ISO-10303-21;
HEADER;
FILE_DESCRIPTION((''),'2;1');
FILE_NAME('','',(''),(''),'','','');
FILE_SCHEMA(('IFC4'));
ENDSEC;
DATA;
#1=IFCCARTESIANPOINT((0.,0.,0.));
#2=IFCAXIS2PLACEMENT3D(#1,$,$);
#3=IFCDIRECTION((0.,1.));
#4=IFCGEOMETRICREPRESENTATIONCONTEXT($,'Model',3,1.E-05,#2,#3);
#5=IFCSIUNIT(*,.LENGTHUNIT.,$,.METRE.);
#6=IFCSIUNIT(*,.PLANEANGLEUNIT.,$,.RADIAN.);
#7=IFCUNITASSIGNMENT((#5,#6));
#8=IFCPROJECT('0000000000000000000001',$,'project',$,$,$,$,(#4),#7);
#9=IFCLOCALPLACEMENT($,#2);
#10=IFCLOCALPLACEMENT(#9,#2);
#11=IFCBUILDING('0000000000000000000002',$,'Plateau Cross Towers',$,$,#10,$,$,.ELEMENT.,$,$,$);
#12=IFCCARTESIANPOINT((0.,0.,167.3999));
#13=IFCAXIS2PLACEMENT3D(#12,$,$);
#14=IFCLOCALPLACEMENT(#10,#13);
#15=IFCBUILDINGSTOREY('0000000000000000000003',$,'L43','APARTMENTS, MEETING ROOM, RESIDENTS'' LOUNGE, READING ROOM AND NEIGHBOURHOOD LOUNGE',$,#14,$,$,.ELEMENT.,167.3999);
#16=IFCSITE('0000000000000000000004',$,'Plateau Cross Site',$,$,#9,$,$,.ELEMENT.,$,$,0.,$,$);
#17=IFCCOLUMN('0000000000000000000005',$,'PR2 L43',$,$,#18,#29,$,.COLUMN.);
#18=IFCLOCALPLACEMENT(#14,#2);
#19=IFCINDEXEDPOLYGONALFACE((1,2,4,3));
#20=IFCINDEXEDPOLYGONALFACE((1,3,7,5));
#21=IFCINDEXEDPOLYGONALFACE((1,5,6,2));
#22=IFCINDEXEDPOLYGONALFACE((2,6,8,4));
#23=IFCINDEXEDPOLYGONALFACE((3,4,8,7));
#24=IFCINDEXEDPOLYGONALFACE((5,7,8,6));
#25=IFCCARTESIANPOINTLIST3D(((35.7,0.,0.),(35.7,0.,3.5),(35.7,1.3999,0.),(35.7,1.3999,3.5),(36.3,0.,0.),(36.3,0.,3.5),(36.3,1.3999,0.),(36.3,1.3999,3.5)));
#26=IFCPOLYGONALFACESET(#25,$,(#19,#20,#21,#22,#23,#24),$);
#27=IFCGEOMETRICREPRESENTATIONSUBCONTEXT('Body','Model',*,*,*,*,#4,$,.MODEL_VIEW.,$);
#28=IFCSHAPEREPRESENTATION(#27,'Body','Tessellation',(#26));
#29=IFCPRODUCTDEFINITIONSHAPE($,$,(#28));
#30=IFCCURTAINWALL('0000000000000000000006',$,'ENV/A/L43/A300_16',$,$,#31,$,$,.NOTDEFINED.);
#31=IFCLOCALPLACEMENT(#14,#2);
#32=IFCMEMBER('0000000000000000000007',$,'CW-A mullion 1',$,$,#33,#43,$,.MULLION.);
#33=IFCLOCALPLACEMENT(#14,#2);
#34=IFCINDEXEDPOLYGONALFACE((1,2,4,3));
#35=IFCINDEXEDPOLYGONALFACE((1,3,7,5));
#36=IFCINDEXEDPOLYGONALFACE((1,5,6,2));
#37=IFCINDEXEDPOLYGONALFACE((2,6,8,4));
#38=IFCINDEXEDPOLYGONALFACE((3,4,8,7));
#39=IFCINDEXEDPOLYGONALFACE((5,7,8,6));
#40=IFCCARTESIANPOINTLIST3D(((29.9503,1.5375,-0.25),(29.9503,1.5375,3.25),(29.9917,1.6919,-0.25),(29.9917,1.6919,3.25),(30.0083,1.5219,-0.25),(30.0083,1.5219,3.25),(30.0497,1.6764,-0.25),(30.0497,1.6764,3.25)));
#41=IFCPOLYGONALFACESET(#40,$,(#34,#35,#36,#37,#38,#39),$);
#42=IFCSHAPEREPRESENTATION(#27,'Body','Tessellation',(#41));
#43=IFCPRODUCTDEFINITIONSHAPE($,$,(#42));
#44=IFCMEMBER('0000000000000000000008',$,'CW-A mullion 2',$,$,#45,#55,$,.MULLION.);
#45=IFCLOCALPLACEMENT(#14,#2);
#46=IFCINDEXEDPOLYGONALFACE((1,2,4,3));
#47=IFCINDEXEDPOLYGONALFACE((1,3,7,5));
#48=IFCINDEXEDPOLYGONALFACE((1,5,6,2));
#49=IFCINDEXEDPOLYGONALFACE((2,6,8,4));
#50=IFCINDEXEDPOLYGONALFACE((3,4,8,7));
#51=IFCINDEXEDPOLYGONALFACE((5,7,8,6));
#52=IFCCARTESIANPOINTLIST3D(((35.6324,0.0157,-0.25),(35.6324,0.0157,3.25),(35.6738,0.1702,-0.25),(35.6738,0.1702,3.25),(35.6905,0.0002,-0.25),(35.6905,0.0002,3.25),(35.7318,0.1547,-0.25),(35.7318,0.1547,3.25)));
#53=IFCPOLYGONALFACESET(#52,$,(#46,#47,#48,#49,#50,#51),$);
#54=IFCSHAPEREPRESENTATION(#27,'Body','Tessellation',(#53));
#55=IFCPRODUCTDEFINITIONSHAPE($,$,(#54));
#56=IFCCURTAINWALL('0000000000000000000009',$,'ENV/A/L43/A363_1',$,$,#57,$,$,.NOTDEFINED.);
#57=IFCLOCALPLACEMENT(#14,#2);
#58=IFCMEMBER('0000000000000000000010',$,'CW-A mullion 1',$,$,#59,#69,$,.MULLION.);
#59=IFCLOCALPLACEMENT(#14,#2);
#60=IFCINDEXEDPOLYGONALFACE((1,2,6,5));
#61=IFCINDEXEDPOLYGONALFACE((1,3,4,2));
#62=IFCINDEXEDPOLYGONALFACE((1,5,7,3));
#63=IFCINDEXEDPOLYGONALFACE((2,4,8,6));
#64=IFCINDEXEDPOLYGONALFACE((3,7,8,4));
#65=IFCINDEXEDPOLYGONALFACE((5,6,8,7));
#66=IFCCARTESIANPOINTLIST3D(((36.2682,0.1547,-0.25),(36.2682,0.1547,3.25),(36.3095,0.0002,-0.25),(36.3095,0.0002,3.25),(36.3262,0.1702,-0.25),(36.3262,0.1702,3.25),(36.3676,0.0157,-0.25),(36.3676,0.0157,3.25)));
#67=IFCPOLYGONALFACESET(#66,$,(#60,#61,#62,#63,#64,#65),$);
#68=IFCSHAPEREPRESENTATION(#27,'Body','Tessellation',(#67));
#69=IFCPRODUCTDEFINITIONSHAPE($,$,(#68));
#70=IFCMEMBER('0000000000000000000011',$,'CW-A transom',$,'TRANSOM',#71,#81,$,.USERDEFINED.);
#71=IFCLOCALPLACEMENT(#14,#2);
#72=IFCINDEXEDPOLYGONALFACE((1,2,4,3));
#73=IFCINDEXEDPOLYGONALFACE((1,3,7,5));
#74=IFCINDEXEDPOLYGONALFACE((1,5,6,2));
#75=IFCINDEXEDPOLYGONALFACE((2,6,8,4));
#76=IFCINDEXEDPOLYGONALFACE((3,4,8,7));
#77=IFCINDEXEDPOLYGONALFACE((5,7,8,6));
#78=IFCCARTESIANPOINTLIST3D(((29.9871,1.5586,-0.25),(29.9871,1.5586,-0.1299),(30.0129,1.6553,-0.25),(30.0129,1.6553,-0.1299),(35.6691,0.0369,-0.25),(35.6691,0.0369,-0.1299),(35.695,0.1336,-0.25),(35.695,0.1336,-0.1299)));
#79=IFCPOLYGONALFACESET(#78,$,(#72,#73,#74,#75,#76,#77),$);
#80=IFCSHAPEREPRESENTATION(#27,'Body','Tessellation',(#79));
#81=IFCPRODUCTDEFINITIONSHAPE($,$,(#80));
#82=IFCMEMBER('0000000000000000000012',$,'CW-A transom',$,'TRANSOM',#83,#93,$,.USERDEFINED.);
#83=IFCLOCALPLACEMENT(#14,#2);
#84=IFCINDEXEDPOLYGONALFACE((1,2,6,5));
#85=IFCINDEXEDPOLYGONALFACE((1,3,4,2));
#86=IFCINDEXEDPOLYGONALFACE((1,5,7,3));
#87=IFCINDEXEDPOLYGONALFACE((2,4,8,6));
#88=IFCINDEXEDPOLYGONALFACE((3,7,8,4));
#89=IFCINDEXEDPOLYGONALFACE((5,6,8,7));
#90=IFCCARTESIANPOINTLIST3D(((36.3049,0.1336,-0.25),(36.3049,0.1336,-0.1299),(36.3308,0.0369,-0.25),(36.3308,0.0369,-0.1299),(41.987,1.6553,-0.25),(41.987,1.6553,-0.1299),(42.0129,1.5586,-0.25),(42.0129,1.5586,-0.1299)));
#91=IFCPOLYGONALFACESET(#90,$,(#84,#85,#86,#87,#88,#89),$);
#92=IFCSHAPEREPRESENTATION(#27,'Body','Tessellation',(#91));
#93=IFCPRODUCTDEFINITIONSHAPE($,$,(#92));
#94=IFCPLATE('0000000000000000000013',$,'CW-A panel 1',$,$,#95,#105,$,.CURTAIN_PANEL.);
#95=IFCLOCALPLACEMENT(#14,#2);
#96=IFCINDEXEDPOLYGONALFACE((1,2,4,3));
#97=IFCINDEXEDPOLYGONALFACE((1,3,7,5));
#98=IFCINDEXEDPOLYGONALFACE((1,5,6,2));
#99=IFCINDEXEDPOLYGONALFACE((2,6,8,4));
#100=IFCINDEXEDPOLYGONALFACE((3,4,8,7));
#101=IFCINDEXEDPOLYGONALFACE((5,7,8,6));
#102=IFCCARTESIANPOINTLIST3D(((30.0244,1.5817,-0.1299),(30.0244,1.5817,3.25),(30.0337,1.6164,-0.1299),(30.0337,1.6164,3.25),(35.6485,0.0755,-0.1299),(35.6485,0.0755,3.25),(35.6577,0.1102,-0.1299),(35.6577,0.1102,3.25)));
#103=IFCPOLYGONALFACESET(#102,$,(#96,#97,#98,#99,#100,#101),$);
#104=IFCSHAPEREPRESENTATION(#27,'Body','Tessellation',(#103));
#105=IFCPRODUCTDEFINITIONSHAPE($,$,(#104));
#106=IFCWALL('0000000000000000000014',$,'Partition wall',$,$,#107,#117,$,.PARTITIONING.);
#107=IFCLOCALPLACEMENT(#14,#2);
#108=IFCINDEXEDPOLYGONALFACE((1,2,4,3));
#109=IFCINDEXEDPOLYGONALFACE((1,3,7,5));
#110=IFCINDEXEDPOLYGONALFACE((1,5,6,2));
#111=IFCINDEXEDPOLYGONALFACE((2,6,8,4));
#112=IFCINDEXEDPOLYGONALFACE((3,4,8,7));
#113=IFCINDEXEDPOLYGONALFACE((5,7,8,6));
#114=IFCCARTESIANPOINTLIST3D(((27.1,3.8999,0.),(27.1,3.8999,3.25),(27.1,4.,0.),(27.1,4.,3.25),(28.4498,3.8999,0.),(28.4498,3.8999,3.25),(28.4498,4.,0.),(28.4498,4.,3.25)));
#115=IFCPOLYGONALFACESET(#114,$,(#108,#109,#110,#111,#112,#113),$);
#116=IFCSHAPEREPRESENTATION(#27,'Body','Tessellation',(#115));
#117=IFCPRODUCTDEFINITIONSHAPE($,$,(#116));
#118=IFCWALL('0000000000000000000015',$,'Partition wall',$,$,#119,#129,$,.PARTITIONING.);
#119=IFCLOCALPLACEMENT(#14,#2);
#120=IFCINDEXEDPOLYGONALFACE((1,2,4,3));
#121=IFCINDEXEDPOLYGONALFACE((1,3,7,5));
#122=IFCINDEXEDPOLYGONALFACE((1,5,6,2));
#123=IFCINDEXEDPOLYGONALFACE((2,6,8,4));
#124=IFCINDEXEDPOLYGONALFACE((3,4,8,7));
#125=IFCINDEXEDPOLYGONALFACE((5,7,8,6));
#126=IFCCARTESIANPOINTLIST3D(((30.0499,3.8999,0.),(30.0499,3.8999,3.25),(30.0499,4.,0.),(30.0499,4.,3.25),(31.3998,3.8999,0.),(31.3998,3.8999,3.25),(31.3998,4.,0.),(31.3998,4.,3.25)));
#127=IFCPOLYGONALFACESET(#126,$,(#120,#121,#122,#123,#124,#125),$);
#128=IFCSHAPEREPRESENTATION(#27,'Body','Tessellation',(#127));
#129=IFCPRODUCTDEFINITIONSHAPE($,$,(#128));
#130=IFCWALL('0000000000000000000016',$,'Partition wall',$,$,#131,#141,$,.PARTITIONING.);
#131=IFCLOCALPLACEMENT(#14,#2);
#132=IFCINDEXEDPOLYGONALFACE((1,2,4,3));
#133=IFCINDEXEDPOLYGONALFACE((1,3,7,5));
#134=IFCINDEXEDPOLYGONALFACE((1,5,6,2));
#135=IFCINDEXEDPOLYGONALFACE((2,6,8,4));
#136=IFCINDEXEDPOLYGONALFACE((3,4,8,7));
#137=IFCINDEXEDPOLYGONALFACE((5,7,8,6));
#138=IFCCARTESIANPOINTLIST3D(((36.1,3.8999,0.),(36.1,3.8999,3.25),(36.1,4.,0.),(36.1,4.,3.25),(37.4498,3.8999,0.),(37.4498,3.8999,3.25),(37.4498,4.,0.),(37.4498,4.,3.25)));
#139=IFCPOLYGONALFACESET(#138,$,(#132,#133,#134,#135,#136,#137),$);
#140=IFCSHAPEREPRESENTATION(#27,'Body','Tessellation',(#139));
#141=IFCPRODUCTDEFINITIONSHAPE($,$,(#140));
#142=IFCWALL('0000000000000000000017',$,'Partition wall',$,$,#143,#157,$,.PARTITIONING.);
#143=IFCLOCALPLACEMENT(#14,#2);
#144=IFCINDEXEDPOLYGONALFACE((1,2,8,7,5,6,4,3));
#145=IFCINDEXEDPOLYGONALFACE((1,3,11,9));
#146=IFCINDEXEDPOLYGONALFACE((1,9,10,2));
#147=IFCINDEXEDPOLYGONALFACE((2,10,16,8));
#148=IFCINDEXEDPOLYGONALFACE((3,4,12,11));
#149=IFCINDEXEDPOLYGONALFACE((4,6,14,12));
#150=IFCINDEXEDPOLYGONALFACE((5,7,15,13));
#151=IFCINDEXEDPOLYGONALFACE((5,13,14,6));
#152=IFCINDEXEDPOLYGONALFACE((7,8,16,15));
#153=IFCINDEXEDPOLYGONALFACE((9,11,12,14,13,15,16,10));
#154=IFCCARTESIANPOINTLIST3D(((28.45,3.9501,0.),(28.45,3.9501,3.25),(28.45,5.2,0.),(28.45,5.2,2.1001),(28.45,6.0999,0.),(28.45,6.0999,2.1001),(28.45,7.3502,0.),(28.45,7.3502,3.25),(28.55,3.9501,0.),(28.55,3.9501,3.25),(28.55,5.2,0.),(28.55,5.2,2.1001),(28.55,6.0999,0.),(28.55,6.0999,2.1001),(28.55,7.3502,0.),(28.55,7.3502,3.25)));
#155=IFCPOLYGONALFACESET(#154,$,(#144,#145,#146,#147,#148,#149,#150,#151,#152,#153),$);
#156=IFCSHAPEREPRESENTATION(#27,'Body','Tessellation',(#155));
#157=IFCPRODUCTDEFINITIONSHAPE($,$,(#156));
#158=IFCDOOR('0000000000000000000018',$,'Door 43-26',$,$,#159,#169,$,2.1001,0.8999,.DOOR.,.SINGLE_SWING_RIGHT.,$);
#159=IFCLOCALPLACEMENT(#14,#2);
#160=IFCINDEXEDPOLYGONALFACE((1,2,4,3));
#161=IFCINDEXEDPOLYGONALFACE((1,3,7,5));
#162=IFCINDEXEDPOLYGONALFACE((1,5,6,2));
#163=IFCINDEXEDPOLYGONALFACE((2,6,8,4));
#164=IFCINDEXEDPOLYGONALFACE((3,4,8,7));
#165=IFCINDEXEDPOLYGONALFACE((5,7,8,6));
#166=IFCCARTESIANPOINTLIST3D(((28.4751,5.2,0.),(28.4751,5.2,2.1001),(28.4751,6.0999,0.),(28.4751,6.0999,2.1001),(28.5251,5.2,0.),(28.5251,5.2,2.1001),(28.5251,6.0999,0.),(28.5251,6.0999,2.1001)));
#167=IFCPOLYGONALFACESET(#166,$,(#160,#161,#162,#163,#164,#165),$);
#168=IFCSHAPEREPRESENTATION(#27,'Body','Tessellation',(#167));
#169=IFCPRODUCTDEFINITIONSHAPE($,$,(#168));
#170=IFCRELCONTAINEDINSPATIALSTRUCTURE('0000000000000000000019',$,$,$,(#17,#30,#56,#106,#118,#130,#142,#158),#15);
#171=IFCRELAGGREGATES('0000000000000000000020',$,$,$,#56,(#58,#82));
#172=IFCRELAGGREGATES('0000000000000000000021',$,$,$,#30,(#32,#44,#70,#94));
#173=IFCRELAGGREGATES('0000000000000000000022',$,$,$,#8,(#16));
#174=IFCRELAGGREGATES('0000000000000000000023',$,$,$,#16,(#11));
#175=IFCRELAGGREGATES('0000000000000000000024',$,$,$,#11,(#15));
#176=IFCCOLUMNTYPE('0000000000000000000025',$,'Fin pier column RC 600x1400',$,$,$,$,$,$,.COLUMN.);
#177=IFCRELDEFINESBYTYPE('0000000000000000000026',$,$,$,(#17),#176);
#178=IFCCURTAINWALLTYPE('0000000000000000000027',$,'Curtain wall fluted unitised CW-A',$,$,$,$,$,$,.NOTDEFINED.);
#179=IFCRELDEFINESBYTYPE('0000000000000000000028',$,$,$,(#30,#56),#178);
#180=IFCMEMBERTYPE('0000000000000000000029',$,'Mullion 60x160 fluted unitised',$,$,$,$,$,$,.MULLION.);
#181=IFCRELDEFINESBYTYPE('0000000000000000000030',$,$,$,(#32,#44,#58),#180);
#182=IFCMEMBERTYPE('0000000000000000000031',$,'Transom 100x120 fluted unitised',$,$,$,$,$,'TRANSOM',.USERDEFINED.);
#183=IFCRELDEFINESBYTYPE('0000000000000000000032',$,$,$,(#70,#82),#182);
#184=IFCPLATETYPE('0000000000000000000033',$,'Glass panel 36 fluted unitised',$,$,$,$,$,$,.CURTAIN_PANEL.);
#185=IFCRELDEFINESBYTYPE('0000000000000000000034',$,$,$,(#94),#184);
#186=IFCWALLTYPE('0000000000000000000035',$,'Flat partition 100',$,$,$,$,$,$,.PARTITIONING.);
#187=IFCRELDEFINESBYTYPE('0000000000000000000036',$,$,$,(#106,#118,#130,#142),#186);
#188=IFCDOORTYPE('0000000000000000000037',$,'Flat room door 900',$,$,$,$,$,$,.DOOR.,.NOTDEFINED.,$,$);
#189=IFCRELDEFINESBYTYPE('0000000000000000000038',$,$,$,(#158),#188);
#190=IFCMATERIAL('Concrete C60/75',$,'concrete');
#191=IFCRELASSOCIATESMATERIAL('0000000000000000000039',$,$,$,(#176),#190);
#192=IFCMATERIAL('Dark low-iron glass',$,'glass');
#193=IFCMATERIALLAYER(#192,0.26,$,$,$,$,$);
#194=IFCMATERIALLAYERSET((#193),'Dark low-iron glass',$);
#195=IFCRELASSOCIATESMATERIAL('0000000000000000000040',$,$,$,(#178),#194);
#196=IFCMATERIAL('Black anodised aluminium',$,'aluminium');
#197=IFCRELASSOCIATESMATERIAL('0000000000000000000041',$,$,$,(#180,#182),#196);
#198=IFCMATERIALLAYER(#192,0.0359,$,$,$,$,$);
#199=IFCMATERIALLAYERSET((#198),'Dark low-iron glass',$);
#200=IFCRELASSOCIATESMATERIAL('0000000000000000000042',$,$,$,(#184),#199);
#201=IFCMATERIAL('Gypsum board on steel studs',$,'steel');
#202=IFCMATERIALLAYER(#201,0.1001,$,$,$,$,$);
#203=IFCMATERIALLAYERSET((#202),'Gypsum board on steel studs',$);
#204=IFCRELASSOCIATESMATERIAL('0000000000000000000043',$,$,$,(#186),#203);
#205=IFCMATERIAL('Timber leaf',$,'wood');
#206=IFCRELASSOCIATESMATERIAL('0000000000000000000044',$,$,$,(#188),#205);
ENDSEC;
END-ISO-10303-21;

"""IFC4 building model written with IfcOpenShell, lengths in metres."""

from ifc_helpers import new_model, si_unit, direction, frame, frame_2d, origin, origin_2d, place, context, subcontext, project, spatial, rectangle, extrude, material, layer, layer_set, material_profile, profile_set, type_object, element, fill, aggregate, save


model = new_model("IFC4")

# Units and contexts
model_context = context("Model", 3, precision=1e-05, world=origin(), true_north=direction((0.0, 1.0)))
body_context = subcontext(model_context, "Body", "Model", "MODEL_VIEW")
ifc_project = project(units=[si_unit("LENGTHUNIT", "METRE"), si_unit("PLANEANGLEUNIT", "RADIAN")], contexts=[model_context])

# Site, building, storey
site_placement = place(None, origin())
site = spatial("IfcSite", under=ifc_project, at=site_placement, Name="Plateau Cross Site", CompositionType="ELEMENT", RefElevation=0.0)
building_placement = place(site_placement, origin())
building = spatial("IfcBuilding", under=site, at=building_placement, Name="Plateau Cross Towers", CompositionType="ELEMENT")
storey_placement = place(building_placement, frame((0.0, 0.0, 167.3999)))
storey = spatial("IfcBuildingStorey", under=building, at=storey_placement, Name="L43", Description="APARTMENTS, MEETING ROOM, RESIDENTS' LOUNGE, READING ROOM AND NEIGHBOURHOOD LOUNGE", CompositionType="ELEMENT", Elevation=167.3999)

# Column
ifc_material_1 = material(Name="Concrete C60/75", Category="concrete")
ifc_material_profile_1 = material_profile(ifc_material_1, rectangle(XDim=0.6001, YDim=1.3999, at=origin_2d()), Name="RC 600x1400")
ifc_profile_set_1 = profile_set([ifc_material_profile_1], Name="Concrete C60/75")
column_type = type_object("IfcColumnType", Name="Fin pier column RC 600x1400", PredefinedType="COLUMN", material=ifc_profile_set_1)
column_placement = place(storey_placement, frame((36.0, 0.7, 0.0), z_axis=(0.0, 0.0, 1.0), x_axis=(1.0, 0.0, 0.0)))
element("IfcColumn", 1, at=column_placement, inside=storey, type_object=column_type, Name="PR2 L43", PredefinedType="COLUMN", context=body_context, shape_type="SweptSolid", body=[
    extrude(rectangle(XDim=0.6001, YDim=1.3999, at=origin_2d()), origin(), (0.0, 0.0, 1.0), 3.5),
])

# Curtain wall, members
ifc_material_2 = material(Name="Dark low-iron glass", Category="glass")
ifc_layer_1 = layer(ifc_material_2, 0.26)
ifc_layer_set_1 = layer_set([ifc_layer_1], Name="Dark low-iron glass")
curtain_wall_type = type_object("IfcCurtainWallType", Name="Curtain wall fluted unitised CW-A", PredefinedType="NOTDEFINED", material=ifc_layer_set_1)
curtain_wall_1_placement = place(storey_placement, origin())
curtain_wall_1 = element("IfcCurtainWall", 2, at=curtain_wall_1_placement, inside=storey, type_object=curtain_wall_type, Name="ENV/A/L43/A300_16", PredefinedType="NOTDEFINED")
ifc_material_3 = material(Name="Black anodised aluminium", Category="aluminium")
ifc_material_profile_2 = material_profile(ifc_material_3, rectangle(XDim=0.0601, YDim=0.1599, at=origin_2d()), Name="MULLION 60x160")
ifc_profile_set_2 = profile_set([ifc_material_profile_2], Name="Black anodised aluminium")
member_type_1 = type_object("IfcMemberType", Name="Mullion 60x160 fluted unitised", PredefinedType="MULLION", material=ifc_profile_set_2)
member_1_placement = place(storey_placement, frame((30.0, 1.6069, -0.25), z_axis=(0.0, 0.0, 1.0), x_axis=(0.965958, -0.258699, 0.0)))
member_1 = element("IfcMember", 3, at=member_1_placement, type_object=member_type_1, Name="CW-A mullion 1", PredefinedType="MULLION", context=body_context, shape_type="SweptSolid", body=[
    extrude(rectangle(XDim=0.0601, YDim=0.1599, at=origin_2d()), origin(), (0.0, 0.0, 1.0), 3.5),
])
member_2_placement = place(storey_placement, frame((35.6821, 0.0852, -0.25), z_axis=(0.0, 0.0, 1.0), x_axis=(0.965958, -0.258699, 0.0)))
member_2 = element("IfcMember", 4, at=member_2_placement, type_object=member_type_1, Name="CW-A mullion 2", PredefinedType="MULLION", context=body_context, shape_type="SweptSolid", body=[
    extrude(rectangle(XDim=0.0601, YDim=0.1599, at=origin_2d()), origin(), (0.0, 0.0, 1.0), 3.5),
])

# Curtain wall, member
curtain_wall_2_placement = place(storey_placement, origin())
curtain_wall_2 = element("IfcCurtainWall", 5, at=curtain_wall_2_placement, inside=storey, type_object=curtain_wall_type, Name="ENV/A/L43/A363_1", PredefinedType="NOTDEFINED")
member_3_placement = place(storey_placement, frame((36.3179, 0.0852, -0.25), z_axis=(0.0, 0.0, 1.0), x_axis=(0.965958, 0.258699, 0.0)))
member_3 = element("IfcMember", 6, at=member_3_placement, type_object=member_type_1, Name="CW-A mullion 1", PredefinedType="MULLION", context=body_context, shape_type="SweptSolid", body=[
    extrude(rectangle(XDim=0.0601, YDim=0.1599, at=origin_2d()), origin(), (0.0, 0.0, 1.0), 3.5),
])

# Members
ifc_material_profile_3 = material_profile(ifc_material_3, rectangle(XDim=0.1001, YDim=0.1201, at=origin_2d()), Name="TRANSOM 100x120")
ifc_profile_set_3 = profile_set([ifc_material_profile_3], Name="Black anodised aluminium")
member_type_2 = type_object("IfcMemberType", Name="Transom 100x120 fluted unitised", ElementType="TRANSOM", PredefinedType="USERDEFINED", material=ifc_profile_set_3)
member_4_placement = place(storey_placement, frame((30.0, 1.6069, -0.1899), z_axis=(0.96596, -0.258693, 0.0), x_axis=(0.258693, 0.96596, 0.0)))
member_4 = element("IfcMember", 7, at=member_4_placement, type_object=member_type_2, Name="CW-A transom", ObjectType="TRANSOM", PredefinedType="USERDEFINED", context=body_context, shape_type="SweptSolid", body=[
    extrude(rectangle(XDim=0.1001, YDim=0.1201, at=origin_2d()), origin(), (0.0, 0.0, 1.0), 5.8823),
])
member_5_placement = place(storey_placement, frame((36.3179, 0.0852, -0.1899), z_axis=(0.96596, 0.258693, 0.0), x_axis=(-0.258693, 0.96596, 0.0)))
member_5 = element("IfcMember", 8, at=member_5_placement, type_object=member_type_2, Name="CW-A transom", ObjectType="TRANSOM", PredefinedType="USERDEFINED", context=body_context, shape_type="SweptSolid", body=[
    extrude(rectangle(XDim=0.1001, YDim=0.1201, at=origin_2d()), origin(), (0.0, 0.0, 1.0), 5.8823),
])
aggregate(curtain_wall_2, [member_3, member_5])

# Plate
ifc_layer_2 = layer(ifc_material_2, 0.0359)
ifc_layer_set_2 = layer_set([ifc_layer_2], Name="Dark low-iron glass")
plate_type = type_object("IfcPlateType", Name="Glass panel 36 fluted unitised", PredefinedType="CURTAIN_PANEL", material=ifc_layer_set_2)
plate_placement = place(storey_placement, frame((32.8411, 0.8459, -0.1299), z_axis=(0.0, 0.0, 1.0), x_axis=(0.965958, -0.258699, 0.0)))
plate = element("IfcPlate", 9, at=plate_placement, type_object=plate_type, Name="CW-A panel 1", PredefinedType="CURTAIN_PANEL", context=body_context, shape_type="SweptSolid", body=[
    extrude(rectangle(XDim=5.8223, YDim=0.0359, at=origin_2d()), origin(), (0.0, 0.0, 1.0), 3.3799),
])
aggregate(curtain_wall_1, [member_1, member_2, member_4, plate])

# Walls
ifc_material_4 = material(Name="Gypsum board on steel studs", Category="steel")
ifc_layer_3 = layer(ifc_material_4, 0.1001)
ifc_layer_set_3 = layer_set([ifc_layer_3], Name="Gypsum board on steel studs")
wall_type_1 = type_object("IfcWallType", Name="Flat partition 100", PredefinedType="PARTITIONING", material=ifc_layer_set_3)
for number, where, z_axis, x_axis, name in (
    (10, (27.1001, 3.95, 0.0), (0.0, 0.0, 1.0), (1.0, 0.0, 0.0), "Partition wall"),
    (11, (30.05, 3.95, 0.0), (0.0, 0.0, 1.0), (1.0, 0.0, 0.0), "Partition wall"),
    (12, (36.1001, 3.95, 0.0), (0.0, 0.0, 1.0), (1.0, 0.0, 0.0), "Partition wall"),
):
    element("IfcWall", number, at=place(storey_placement, frame(where, z_axis=z_axis, x_axis=x_axis)), inside=storey, type_object=wall_type_1, Name=name, PredefinedType="PARTITIONING", context=body_context, shape_type="SweptSolid", body=[
        extrude(rectangle(XDim=1.3499, YDim=0.1001, at=frame_2d((0.6748, 0.0))), origin(), (0.0, 0.0, 1.0), 3.25),
    ])

# Wall, opening, door
wall_1_placement = place(storey_placement, frame((28.5, 3.95, 0.0), z_axis=(0.0, 0.0, 1.0), x_axis=(0.0, 1.0, 0.0)))
wall_1 = element("IfcWall", 13, at=wall_1_placement, inside=storey, type_object=wall_type_1, Name="Partition wall", PredefinedType="PARTITIONING", context=body_context, shape_type="SweptSolid", body=[
    extrude(rectangle(XDim=3.4001, YDim=0.1001, at=frame_2d((1.7002, 0.0))), origin(), (0.0, 0.0, 1.0), 3.25),
])
opening_1_placement = place(wall_1_placement, frame((1.25, 0.0, 0.0)))
opening_1 = element("IfcOpeningElement", 14, at=opening_1_placement, cuts=wall_1, PredefinedType="OPENING", context=body_context, shape_type="SweptSolid", body=[
    extrude(rectangle(XDim=0.8999, YDim=2.1001, at=frame_2d((0.45, 1.05))), frame((0.0, 0.0601, 0.0), z_axis=(0.0, -1.0, 0.0), x_axis=(1.0, 0.0, 0.0)), (0.0, 0.0, 1.0), 0.1201),
])
ifc_material_5 = material(Name="Timber leaf", Category="wood")
door_type_1 = type_object("IfcDoorType", Name="Flat room door 900", OperationType="NOTDEFINED", PredefinedType="DOOR", material=ifc_material_5)
door_1_placement = place(opening_1_placement, origin())
door_1 = element("IfcDoor", 15, at=door_1_placement, inside=storey, type_object=door_type_1, Name="Door 43-26", OperationType="SINGLE_SWING_RIGHT", OverallHeight=2.1001, OverallWidth=0.8999, PredefinedType="DOOR", context=body_context, shape_type="SweptSolid", body=[
    extrude(rectangle(XDim=0.8999, YDim=2.1001, at=frame_2d((0.45, 1.05))), frame((0.0, 0.0249, 0.0), z_axis=(0.0, -1.0, 0.0), x_axis=(1.0, 0.0, 0.0)), (0.0, 0.0, 1.0), 0.05),
])
fill(opening_1, door_1)

save(model, "model.ifc")
